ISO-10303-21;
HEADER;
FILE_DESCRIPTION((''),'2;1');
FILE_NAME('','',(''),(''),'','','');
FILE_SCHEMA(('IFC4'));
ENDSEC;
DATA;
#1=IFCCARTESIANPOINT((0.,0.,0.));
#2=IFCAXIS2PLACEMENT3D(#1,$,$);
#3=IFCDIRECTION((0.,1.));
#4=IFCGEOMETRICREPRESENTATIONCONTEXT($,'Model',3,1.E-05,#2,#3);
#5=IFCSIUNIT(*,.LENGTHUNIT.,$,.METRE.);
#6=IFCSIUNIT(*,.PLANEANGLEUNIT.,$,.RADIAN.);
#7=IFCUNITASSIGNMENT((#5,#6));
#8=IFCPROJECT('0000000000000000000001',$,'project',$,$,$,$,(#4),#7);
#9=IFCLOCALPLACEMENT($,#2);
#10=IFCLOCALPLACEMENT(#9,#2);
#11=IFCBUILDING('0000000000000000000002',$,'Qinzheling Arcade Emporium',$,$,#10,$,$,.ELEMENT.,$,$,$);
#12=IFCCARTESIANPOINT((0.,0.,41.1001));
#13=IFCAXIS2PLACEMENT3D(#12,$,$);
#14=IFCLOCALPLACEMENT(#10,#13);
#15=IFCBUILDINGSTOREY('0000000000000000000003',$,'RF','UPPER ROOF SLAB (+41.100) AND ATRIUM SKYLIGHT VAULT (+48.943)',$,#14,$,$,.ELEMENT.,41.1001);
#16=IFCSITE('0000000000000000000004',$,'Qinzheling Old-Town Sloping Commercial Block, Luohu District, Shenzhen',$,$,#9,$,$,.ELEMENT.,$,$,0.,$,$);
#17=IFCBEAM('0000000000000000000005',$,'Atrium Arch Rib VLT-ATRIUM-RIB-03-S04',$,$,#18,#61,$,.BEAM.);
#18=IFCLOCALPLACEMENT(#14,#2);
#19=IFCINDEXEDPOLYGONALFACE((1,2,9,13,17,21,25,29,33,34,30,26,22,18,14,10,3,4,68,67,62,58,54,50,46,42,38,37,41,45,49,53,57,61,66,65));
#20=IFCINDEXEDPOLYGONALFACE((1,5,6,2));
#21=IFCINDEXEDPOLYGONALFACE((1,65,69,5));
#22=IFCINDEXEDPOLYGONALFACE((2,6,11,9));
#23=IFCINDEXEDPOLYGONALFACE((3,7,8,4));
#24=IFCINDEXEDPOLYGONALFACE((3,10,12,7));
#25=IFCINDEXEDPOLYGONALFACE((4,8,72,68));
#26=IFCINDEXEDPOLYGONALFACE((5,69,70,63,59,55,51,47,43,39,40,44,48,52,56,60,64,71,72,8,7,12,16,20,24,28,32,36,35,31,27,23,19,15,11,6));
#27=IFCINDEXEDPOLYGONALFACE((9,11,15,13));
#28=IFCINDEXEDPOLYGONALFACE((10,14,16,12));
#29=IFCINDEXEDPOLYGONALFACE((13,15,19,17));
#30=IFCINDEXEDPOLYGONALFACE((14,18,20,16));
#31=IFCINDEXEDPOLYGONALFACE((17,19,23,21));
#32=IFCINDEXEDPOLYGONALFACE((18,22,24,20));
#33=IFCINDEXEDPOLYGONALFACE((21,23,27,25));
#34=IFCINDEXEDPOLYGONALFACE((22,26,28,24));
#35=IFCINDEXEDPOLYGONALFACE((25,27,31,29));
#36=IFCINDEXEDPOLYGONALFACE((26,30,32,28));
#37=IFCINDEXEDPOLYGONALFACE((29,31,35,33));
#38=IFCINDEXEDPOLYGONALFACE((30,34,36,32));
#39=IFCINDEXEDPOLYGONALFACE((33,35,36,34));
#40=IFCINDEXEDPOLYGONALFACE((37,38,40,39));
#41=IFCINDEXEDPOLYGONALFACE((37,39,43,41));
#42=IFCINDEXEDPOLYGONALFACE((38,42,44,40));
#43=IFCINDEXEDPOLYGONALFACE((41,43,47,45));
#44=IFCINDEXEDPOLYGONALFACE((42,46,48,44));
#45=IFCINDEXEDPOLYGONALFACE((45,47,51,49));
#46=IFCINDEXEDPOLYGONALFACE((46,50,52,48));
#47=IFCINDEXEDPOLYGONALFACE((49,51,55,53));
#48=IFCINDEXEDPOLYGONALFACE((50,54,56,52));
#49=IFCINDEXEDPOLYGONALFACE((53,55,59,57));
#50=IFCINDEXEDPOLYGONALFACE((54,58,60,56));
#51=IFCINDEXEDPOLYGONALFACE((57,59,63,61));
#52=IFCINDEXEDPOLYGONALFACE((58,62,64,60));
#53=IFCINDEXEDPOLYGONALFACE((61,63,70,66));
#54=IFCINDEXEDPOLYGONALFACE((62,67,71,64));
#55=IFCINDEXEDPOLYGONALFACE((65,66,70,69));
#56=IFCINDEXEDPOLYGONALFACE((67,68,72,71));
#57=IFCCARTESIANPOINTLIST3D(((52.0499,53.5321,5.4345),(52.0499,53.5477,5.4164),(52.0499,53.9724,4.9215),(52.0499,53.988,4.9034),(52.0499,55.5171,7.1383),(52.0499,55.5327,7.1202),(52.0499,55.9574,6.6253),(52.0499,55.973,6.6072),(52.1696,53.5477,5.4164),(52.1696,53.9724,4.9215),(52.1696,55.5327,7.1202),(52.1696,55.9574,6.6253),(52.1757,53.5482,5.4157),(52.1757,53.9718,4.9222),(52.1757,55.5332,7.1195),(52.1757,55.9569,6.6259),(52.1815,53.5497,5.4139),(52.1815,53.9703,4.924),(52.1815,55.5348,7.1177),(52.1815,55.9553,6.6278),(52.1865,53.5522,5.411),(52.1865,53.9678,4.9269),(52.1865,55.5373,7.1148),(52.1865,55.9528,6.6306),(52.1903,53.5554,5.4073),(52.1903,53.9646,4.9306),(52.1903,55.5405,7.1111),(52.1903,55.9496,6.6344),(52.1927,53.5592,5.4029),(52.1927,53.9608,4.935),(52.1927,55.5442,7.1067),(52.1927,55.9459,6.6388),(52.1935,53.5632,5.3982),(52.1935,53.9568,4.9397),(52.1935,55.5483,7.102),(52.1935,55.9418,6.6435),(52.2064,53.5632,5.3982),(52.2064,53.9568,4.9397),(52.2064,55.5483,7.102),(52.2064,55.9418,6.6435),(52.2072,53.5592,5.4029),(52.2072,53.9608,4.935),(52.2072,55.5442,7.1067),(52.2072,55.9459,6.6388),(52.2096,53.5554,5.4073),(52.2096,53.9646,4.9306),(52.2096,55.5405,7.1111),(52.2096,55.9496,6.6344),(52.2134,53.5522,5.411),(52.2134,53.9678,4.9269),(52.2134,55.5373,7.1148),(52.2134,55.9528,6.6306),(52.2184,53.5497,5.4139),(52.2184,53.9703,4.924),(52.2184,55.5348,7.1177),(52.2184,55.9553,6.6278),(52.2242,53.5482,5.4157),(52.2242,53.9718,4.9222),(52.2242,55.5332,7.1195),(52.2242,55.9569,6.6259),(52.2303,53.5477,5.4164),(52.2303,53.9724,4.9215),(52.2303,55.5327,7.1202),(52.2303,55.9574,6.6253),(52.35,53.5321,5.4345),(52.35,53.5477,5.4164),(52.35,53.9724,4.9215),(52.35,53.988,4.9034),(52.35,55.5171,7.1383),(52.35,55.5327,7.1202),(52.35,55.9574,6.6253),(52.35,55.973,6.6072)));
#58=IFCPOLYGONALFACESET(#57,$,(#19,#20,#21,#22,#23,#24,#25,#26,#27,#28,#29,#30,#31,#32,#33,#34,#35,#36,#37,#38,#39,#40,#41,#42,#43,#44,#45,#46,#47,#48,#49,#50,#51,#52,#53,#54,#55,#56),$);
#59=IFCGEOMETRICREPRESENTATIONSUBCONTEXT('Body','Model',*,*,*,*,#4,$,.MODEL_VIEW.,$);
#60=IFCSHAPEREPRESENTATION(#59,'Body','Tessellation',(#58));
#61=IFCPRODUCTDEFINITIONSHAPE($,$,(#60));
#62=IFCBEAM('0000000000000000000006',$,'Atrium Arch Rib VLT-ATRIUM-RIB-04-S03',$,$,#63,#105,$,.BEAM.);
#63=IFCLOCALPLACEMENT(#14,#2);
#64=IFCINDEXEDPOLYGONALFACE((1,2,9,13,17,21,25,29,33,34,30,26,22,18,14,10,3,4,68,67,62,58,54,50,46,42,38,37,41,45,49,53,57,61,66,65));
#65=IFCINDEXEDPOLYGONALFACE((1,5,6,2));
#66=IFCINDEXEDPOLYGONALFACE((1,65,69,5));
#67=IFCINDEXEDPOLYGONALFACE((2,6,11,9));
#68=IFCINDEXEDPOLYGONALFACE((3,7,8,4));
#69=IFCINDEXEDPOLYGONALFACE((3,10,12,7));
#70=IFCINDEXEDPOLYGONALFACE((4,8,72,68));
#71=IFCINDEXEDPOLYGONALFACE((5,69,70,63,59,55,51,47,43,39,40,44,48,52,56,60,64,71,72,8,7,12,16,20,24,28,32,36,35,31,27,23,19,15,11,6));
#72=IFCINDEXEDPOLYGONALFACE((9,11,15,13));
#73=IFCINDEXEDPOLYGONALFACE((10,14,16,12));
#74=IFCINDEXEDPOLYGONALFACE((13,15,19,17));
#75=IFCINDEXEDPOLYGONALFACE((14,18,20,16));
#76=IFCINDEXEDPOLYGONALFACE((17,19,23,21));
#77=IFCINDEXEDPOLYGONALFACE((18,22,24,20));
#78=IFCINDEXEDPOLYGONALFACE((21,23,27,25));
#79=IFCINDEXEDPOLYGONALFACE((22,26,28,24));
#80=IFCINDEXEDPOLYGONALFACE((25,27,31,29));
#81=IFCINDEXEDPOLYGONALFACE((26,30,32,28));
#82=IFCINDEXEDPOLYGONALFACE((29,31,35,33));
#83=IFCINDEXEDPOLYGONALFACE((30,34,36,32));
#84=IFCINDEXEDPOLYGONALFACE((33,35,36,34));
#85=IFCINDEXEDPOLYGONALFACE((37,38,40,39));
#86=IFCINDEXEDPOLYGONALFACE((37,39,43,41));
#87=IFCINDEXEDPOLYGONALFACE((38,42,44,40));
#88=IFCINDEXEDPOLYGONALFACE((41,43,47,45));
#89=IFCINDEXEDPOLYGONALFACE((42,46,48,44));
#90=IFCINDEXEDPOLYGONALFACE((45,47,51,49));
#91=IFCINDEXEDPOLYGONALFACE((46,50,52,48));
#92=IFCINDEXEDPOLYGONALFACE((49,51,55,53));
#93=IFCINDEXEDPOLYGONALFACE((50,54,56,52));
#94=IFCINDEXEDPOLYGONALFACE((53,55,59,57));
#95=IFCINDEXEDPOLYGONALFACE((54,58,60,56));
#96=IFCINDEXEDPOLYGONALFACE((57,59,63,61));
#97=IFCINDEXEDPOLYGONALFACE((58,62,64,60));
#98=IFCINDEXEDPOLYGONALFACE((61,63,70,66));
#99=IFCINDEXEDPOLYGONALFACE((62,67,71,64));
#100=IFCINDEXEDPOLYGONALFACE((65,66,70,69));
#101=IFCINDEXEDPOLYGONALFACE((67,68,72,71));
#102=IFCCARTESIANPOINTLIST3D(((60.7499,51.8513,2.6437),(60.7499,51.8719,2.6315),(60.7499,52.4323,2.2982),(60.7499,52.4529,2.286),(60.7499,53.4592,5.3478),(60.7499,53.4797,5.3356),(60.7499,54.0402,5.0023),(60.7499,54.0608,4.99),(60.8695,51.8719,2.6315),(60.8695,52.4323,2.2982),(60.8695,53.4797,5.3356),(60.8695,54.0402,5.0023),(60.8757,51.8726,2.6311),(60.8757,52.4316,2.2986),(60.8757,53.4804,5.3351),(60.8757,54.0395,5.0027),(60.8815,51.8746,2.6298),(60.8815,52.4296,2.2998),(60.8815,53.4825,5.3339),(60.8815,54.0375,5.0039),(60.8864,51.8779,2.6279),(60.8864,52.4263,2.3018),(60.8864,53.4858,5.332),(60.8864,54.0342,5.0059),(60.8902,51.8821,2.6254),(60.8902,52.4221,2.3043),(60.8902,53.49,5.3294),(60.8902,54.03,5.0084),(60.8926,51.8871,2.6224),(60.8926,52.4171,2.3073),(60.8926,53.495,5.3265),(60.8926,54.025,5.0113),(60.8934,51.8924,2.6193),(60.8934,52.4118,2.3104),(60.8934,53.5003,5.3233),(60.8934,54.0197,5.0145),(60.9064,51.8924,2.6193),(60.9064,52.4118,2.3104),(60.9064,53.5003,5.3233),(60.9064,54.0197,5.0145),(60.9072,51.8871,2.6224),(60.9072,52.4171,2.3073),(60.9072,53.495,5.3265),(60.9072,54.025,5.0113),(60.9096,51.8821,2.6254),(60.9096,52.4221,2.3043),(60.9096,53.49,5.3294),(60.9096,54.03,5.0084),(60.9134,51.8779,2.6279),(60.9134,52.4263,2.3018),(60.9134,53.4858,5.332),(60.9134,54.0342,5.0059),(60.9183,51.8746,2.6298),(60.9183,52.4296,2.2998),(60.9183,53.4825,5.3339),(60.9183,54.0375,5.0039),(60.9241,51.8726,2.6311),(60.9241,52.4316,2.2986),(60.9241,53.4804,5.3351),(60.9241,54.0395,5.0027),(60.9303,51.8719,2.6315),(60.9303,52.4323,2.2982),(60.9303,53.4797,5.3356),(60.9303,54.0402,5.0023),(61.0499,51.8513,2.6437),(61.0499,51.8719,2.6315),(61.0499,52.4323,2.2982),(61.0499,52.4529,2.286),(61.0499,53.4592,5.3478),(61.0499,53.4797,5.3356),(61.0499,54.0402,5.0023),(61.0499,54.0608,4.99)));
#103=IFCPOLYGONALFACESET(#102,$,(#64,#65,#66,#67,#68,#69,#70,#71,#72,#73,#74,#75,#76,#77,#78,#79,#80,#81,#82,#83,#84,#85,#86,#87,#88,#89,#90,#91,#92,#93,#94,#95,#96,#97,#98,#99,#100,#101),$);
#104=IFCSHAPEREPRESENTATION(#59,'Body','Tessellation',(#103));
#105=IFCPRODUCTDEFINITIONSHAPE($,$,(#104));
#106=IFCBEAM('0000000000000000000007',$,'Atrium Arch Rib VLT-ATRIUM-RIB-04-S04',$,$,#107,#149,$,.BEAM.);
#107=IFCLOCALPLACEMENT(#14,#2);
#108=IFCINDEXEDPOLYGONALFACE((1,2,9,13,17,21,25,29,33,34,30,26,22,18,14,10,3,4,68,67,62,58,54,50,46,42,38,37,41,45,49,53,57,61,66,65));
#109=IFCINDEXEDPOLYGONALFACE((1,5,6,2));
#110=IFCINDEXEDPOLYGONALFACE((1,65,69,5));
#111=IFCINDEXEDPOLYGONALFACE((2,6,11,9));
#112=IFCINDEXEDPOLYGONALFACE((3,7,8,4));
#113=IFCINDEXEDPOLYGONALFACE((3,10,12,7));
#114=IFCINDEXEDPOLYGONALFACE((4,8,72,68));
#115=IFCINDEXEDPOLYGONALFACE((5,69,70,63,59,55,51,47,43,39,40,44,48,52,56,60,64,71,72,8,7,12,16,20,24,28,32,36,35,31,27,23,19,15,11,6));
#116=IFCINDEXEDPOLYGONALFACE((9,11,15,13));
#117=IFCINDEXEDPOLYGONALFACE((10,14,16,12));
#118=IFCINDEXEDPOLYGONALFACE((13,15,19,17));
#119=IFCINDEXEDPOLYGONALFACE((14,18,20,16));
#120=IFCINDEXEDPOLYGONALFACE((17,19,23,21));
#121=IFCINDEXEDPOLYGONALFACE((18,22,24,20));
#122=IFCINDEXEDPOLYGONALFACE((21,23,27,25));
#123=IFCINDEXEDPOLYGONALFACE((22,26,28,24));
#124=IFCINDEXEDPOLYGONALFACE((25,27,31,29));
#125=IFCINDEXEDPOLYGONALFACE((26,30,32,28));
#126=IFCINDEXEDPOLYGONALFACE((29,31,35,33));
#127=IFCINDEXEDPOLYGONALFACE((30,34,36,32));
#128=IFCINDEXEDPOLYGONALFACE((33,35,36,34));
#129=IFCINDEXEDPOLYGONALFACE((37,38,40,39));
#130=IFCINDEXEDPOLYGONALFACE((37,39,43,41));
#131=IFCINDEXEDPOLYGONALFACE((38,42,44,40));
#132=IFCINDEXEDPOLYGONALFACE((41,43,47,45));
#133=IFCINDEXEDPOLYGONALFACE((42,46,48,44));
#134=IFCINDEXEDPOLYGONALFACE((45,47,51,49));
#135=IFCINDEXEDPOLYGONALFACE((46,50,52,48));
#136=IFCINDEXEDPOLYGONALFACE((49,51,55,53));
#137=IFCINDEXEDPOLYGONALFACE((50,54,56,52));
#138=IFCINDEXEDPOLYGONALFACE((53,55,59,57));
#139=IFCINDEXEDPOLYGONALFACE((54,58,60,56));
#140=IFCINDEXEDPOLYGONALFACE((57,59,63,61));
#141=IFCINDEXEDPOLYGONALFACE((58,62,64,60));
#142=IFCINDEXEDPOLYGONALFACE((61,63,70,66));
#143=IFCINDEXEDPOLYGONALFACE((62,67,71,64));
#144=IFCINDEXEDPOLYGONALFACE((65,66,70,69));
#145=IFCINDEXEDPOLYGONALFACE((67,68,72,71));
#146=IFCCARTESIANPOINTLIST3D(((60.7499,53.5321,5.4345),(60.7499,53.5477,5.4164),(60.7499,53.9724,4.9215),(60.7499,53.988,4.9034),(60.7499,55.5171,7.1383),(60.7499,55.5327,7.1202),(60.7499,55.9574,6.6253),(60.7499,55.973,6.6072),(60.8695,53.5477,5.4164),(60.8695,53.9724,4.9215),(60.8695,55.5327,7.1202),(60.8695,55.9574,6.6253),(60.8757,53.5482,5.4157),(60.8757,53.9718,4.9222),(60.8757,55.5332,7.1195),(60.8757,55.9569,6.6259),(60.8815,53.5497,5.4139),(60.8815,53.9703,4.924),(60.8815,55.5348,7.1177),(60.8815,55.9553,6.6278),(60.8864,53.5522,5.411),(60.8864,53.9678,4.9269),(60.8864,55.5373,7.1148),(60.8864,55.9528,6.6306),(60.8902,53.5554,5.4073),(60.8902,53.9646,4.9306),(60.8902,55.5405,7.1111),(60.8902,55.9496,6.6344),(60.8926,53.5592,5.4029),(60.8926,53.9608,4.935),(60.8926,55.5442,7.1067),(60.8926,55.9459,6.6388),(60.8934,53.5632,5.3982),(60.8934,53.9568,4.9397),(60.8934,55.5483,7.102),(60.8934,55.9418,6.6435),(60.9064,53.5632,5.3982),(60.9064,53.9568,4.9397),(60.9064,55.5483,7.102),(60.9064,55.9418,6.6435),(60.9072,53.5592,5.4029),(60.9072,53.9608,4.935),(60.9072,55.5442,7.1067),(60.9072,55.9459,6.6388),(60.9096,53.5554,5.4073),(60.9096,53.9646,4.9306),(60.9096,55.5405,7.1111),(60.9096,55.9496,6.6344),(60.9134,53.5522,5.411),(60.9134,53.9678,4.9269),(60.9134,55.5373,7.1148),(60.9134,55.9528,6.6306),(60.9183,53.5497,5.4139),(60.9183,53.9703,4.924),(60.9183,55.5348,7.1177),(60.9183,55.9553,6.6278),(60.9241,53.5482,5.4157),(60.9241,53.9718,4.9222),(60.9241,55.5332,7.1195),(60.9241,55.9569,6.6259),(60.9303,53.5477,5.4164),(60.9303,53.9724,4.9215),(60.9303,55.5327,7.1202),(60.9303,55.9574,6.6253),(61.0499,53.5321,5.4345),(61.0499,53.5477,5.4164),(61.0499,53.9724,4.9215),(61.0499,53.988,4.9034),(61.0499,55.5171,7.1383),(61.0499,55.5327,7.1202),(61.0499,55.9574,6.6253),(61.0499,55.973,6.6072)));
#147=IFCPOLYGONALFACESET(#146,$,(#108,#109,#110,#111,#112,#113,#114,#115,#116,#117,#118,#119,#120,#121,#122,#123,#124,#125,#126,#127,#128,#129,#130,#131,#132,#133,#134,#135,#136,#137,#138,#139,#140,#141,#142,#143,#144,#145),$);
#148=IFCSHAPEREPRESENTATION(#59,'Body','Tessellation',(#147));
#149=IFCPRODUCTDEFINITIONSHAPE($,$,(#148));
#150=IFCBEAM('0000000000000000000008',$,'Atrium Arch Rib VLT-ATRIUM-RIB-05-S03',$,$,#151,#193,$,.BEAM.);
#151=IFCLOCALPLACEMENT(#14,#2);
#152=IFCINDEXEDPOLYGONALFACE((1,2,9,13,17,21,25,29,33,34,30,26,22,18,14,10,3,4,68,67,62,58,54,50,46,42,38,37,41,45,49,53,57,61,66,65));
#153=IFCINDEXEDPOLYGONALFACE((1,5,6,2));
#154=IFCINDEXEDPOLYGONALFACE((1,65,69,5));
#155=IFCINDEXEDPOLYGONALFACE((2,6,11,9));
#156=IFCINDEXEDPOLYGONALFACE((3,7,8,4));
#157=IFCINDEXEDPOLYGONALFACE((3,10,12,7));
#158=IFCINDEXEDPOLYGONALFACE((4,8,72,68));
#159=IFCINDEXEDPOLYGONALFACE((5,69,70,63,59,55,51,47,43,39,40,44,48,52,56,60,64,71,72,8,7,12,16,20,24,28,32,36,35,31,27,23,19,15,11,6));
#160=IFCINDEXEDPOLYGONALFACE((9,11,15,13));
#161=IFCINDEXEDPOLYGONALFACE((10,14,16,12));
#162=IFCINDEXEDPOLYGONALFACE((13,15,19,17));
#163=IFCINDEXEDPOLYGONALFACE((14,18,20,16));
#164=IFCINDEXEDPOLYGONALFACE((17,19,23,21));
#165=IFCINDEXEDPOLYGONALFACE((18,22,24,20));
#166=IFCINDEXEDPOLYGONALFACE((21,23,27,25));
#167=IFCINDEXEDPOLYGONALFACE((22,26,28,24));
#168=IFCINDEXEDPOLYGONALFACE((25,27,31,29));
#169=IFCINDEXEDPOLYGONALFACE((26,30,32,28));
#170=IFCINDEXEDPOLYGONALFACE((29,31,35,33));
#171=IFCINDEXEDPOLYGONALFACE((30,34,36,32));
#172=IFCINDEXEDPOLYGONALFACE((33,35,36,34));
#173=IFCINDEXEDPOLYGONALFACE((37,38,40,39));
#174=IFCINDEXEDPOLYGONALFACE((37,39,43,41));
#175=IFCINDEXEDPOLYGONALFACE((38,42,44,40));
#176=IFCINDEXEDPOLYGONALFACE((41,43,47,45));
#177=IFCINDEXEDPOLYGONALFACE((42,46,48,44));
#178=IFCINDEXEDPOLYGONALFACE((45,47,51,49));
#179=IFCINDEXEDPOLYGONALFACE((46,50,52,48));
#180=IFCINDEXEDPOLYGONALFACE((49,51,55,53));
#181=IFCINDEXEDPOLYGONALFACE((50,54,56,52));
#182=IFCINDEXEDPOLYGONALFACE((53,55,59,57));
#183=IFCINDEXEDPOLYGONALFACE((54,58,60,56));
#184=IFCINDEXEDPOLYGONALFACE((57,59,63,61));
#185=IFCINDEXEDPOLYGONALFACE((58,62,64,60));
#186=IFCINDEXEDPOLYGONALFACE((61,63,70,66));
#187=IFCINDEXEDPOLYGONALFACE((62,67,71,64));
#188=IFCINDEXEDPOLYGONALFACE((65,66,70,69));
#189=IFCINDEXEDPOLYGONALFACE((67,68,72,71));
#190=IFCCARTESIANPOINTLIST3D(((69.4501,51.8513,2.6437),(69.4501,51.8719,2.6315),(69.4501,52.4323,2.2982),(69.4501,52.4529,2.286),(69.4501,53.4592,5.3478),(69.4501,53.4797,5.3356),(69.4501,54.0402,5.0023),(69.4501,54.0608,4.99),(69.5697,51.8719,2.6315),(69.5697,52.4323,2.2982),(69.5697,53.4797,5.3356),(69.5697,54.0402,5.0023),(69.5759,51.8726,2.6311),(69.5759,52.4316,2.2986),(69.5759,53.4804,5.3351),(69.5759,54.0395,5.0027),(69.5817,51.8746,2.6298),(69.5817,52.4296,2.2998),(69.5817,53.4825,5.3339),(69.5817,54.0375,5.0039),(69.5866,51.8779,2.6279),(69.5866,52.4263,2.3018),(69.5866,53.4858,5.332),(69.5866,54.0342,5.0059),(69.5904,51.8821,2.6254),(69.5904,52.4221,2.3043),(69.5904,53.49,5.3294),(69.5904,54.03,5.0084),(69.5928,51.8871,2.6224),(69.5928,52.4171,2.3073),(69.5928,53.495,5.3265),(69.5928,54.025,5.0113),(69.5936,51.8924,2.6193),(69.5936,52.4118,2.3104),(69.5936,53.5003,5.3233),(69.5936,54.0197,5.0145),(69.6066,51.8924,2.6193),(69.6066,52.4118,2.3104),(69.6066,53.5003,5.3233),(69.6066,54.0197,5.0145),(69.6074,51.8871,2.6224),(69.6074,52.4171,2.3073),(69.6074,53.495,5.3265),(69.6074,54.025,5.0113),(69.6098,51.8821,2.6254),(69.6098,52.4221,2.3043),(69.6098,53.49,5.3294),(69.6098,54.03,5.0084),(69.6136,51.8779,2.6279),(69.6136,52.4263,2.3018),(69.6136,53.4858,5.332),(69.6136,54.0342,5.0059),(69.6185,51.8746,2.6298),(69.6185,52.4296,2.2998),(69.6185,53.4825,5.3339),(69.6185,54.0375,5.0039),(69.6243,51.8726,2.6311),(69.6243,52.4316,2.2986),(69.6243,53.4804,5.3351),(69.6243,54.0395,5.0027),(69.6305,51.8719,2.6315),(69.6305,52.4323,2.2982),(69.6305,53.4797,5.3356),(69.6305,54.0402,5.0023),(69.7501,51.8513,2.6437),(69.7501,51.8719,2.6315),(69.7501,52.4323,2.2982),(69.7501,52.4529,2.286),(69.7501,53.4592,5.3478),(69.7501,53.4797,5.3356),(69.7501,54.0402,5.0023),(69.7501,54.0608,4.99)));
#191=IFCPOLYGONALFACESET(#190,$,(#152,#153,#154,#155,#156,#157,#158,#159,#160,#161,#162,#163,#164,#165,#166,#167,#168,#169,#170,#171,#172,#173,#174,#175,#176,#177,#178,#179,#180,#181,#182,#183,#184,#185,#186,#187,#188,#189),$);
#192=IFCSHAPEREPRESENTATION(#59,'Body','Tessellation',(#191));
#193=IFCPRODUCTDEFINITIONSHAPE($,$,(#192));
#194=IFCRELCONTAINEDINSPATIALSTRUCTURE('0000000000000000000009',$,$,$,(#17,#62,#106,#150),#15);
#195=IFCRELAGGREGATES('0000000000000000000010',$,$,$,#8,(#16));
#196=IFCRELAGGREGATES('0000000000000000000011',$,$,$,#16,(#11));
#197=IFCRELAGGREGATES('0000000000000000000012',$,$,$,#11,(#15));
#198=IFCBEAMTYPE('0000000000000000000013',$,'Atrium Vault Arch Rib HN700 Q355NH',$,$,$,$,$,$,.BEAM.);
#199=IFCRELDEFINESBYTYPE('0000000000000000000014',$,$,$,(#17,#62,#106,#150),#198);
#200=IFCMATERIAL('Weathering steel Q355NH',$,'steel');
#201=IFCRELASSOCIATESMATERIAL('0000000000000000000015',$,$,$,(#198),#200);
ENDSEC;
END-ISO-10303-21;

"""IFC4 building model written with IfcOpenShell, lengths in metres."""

from ifc_helpers import new_model, si_unit, direction, frame, origin, origin_2d, place, context, subcontext, project, spatial, i_section, extrude, material, material_profile, profile_set, type_object, element, save


model = new_model("IFC4")

# Units and contexts
model_context = context("Model", 3, precision=1e-05, world=origin(), true_north=direction((0.0, 1.0)))
body_context = subcontext(model_context, "Body", "Model", "MODEL_VIEW")
ifc_project = project(units=[si_unit("LENGTHUNIT", "METRE"), si_unit("PLANEANGLEUNIT", "RADIAN")], contexts=[model_context])

# Site, building, storey
site_placement = place(None, origin())
site = spatial("IfcSite", under=ifc_project, at=site_placement, Name="Qinzheling Old-Town Sloping Commercial Block, Luohu District, Shenzhen", CompositionType="ELEMENT", RefElevation=0.0)
building_placement = place(site_placement, origin())
building = spatial("IfcBuilding", under=site, at=building_placement, Name="Qinzheling Arcade Emporium", CompositionType="ELEMENT")
storey_placement = place(building_placement, frame((0.0, 0.0, 41.1001)))
storey = spatial("IfcBuildingStorey", under=building, at=storey_placement, Name="RF", Description="UPPER ROOF SLAB (+41.100) AND ATRIUM SKYLIGHT VAULT (+48.943)", CompositionType="ELEMENT", Elevation=41.1001)

# Shared definitions
ifc_material_1 = material(Name="Weathering steel Q355NH", Category="steel")

# Beams
ifc_material_profile_1 = material_profile(ifc_material_1, i_section(OverallWidth=0.3, OverallDepth=0.7, WebThickness=0.0129, FlangeThickness=0.0239, FilletRadius=0.0239, at=origin_2d()), Name="HN 700x300x13x24", Category="steel")
ifc_profile_set_1 = profile_set([ifc_material_profile_1], Name="Weathering steel Q355NH")
beam_type_1 = type_object("IfcBeamType", Name="Atrium Vault Arch Rib HN700 Q355NH", PredefinedType="BEAM", material=ifc_profile_set_1)
beam_1_placement = place(storey_placement, frame((52.2, 53.76, 5.1689), z_axis=(0.0, 0.758815, 0.651306), x_axis=(-1.0, 0.0, 0.0)))
element("IfcBeam", 1, at=beam_1_placement, inside=storey, type_object=beam_type_1, Name="Atrium Arch Rib VLT-ATRIUM-RIB-03-S04", PredefinedType="BEAM", context=body_context, shape_type="SweptSolid", body=[
    extrude(i_section(OverallWidth=0.3, OverallDepth=0.7, WebThickness=0.0129, FlangeThickness=0.0239, FilletRadius=0.0239, at=origin_2d()), origin(), (0.0, 0.0, 1.0), 2.616),
])
beam_2_placement = place(storey_placement, frame((60.8999, 52.1521, 2.4648), z_axis=(0.0, 0.511091, 0.859527), x_axis=(-1.0, 0.0, 0.0)))
element("IfcBeam", 2, at=beam_2_placement, inside=storey, type_object=beam_type_1, Name="Atrium Arch Rib VLT-ATRIUM-RIB-04-S03", PredefinedType="BEAM", context=body_context, shape_type="SweptSolid", body=[
    extrude(i_section(OverallWidth=0.3, OverallDepth=0.7, WebThickness=0.0129, FlangeThickness=0.0239, FilletRadius=0.0239, at=origin_2d()), origin(), (0.0, 0.0, 1.0), 3.146),
])
beam_3_placement = place(storey_placement, frame((60.8999, 53.76, 5.1689), z_axis=(0.0, 0.758815, 0.651306), x_axis=(-1.0, 0.0, 0.0)))
element("IfcBeam", 3, at=beam_3_placement, inside=storey, type_object=beam_type_1, Name="Atrium Arch Rib VLT-ATRIUM-RIB-04-S04", PredefinedType="BEAM", context=body_context, shape_type="SweptSolid", body=[
    extrude(i_section(OverallWidth=0.3, OverallDepth=0.7, WebThickness=0.0129, FlangeThickness=0.0239, FilletRadius=0.0239, at=origin_2d()), origin(), (0.0, 0.0, 1.0), 2.616),
])
beam_4_placement = place(storey_placement, frame((69.6001, 52.1521, 2.4648), z_axis=(0.0, 0.511091, 0.859527), x_axis=(-1.0, 0.0, 0.0)))
element("IfcBeam", 4, at=beam_4_placement, inside=storey, type_object=beam_type_1, Name="Atrium Arch Rib VLT-ATRIUM-RIB-05-S03", PredefinedType="BEAM", context=body_context, shape_type="SweptSolid", body=[
    extrude(i_section(OverallWidth=0.3, OverallDepth=0.7, WebThickness=0.0129, FlangeThickness=0.0239, FilletRadius=0.0239, at=origin_2d()), origin(), (0.0, 0.0, 1.0), 3.146),
])

save(model, "model.ifc")
